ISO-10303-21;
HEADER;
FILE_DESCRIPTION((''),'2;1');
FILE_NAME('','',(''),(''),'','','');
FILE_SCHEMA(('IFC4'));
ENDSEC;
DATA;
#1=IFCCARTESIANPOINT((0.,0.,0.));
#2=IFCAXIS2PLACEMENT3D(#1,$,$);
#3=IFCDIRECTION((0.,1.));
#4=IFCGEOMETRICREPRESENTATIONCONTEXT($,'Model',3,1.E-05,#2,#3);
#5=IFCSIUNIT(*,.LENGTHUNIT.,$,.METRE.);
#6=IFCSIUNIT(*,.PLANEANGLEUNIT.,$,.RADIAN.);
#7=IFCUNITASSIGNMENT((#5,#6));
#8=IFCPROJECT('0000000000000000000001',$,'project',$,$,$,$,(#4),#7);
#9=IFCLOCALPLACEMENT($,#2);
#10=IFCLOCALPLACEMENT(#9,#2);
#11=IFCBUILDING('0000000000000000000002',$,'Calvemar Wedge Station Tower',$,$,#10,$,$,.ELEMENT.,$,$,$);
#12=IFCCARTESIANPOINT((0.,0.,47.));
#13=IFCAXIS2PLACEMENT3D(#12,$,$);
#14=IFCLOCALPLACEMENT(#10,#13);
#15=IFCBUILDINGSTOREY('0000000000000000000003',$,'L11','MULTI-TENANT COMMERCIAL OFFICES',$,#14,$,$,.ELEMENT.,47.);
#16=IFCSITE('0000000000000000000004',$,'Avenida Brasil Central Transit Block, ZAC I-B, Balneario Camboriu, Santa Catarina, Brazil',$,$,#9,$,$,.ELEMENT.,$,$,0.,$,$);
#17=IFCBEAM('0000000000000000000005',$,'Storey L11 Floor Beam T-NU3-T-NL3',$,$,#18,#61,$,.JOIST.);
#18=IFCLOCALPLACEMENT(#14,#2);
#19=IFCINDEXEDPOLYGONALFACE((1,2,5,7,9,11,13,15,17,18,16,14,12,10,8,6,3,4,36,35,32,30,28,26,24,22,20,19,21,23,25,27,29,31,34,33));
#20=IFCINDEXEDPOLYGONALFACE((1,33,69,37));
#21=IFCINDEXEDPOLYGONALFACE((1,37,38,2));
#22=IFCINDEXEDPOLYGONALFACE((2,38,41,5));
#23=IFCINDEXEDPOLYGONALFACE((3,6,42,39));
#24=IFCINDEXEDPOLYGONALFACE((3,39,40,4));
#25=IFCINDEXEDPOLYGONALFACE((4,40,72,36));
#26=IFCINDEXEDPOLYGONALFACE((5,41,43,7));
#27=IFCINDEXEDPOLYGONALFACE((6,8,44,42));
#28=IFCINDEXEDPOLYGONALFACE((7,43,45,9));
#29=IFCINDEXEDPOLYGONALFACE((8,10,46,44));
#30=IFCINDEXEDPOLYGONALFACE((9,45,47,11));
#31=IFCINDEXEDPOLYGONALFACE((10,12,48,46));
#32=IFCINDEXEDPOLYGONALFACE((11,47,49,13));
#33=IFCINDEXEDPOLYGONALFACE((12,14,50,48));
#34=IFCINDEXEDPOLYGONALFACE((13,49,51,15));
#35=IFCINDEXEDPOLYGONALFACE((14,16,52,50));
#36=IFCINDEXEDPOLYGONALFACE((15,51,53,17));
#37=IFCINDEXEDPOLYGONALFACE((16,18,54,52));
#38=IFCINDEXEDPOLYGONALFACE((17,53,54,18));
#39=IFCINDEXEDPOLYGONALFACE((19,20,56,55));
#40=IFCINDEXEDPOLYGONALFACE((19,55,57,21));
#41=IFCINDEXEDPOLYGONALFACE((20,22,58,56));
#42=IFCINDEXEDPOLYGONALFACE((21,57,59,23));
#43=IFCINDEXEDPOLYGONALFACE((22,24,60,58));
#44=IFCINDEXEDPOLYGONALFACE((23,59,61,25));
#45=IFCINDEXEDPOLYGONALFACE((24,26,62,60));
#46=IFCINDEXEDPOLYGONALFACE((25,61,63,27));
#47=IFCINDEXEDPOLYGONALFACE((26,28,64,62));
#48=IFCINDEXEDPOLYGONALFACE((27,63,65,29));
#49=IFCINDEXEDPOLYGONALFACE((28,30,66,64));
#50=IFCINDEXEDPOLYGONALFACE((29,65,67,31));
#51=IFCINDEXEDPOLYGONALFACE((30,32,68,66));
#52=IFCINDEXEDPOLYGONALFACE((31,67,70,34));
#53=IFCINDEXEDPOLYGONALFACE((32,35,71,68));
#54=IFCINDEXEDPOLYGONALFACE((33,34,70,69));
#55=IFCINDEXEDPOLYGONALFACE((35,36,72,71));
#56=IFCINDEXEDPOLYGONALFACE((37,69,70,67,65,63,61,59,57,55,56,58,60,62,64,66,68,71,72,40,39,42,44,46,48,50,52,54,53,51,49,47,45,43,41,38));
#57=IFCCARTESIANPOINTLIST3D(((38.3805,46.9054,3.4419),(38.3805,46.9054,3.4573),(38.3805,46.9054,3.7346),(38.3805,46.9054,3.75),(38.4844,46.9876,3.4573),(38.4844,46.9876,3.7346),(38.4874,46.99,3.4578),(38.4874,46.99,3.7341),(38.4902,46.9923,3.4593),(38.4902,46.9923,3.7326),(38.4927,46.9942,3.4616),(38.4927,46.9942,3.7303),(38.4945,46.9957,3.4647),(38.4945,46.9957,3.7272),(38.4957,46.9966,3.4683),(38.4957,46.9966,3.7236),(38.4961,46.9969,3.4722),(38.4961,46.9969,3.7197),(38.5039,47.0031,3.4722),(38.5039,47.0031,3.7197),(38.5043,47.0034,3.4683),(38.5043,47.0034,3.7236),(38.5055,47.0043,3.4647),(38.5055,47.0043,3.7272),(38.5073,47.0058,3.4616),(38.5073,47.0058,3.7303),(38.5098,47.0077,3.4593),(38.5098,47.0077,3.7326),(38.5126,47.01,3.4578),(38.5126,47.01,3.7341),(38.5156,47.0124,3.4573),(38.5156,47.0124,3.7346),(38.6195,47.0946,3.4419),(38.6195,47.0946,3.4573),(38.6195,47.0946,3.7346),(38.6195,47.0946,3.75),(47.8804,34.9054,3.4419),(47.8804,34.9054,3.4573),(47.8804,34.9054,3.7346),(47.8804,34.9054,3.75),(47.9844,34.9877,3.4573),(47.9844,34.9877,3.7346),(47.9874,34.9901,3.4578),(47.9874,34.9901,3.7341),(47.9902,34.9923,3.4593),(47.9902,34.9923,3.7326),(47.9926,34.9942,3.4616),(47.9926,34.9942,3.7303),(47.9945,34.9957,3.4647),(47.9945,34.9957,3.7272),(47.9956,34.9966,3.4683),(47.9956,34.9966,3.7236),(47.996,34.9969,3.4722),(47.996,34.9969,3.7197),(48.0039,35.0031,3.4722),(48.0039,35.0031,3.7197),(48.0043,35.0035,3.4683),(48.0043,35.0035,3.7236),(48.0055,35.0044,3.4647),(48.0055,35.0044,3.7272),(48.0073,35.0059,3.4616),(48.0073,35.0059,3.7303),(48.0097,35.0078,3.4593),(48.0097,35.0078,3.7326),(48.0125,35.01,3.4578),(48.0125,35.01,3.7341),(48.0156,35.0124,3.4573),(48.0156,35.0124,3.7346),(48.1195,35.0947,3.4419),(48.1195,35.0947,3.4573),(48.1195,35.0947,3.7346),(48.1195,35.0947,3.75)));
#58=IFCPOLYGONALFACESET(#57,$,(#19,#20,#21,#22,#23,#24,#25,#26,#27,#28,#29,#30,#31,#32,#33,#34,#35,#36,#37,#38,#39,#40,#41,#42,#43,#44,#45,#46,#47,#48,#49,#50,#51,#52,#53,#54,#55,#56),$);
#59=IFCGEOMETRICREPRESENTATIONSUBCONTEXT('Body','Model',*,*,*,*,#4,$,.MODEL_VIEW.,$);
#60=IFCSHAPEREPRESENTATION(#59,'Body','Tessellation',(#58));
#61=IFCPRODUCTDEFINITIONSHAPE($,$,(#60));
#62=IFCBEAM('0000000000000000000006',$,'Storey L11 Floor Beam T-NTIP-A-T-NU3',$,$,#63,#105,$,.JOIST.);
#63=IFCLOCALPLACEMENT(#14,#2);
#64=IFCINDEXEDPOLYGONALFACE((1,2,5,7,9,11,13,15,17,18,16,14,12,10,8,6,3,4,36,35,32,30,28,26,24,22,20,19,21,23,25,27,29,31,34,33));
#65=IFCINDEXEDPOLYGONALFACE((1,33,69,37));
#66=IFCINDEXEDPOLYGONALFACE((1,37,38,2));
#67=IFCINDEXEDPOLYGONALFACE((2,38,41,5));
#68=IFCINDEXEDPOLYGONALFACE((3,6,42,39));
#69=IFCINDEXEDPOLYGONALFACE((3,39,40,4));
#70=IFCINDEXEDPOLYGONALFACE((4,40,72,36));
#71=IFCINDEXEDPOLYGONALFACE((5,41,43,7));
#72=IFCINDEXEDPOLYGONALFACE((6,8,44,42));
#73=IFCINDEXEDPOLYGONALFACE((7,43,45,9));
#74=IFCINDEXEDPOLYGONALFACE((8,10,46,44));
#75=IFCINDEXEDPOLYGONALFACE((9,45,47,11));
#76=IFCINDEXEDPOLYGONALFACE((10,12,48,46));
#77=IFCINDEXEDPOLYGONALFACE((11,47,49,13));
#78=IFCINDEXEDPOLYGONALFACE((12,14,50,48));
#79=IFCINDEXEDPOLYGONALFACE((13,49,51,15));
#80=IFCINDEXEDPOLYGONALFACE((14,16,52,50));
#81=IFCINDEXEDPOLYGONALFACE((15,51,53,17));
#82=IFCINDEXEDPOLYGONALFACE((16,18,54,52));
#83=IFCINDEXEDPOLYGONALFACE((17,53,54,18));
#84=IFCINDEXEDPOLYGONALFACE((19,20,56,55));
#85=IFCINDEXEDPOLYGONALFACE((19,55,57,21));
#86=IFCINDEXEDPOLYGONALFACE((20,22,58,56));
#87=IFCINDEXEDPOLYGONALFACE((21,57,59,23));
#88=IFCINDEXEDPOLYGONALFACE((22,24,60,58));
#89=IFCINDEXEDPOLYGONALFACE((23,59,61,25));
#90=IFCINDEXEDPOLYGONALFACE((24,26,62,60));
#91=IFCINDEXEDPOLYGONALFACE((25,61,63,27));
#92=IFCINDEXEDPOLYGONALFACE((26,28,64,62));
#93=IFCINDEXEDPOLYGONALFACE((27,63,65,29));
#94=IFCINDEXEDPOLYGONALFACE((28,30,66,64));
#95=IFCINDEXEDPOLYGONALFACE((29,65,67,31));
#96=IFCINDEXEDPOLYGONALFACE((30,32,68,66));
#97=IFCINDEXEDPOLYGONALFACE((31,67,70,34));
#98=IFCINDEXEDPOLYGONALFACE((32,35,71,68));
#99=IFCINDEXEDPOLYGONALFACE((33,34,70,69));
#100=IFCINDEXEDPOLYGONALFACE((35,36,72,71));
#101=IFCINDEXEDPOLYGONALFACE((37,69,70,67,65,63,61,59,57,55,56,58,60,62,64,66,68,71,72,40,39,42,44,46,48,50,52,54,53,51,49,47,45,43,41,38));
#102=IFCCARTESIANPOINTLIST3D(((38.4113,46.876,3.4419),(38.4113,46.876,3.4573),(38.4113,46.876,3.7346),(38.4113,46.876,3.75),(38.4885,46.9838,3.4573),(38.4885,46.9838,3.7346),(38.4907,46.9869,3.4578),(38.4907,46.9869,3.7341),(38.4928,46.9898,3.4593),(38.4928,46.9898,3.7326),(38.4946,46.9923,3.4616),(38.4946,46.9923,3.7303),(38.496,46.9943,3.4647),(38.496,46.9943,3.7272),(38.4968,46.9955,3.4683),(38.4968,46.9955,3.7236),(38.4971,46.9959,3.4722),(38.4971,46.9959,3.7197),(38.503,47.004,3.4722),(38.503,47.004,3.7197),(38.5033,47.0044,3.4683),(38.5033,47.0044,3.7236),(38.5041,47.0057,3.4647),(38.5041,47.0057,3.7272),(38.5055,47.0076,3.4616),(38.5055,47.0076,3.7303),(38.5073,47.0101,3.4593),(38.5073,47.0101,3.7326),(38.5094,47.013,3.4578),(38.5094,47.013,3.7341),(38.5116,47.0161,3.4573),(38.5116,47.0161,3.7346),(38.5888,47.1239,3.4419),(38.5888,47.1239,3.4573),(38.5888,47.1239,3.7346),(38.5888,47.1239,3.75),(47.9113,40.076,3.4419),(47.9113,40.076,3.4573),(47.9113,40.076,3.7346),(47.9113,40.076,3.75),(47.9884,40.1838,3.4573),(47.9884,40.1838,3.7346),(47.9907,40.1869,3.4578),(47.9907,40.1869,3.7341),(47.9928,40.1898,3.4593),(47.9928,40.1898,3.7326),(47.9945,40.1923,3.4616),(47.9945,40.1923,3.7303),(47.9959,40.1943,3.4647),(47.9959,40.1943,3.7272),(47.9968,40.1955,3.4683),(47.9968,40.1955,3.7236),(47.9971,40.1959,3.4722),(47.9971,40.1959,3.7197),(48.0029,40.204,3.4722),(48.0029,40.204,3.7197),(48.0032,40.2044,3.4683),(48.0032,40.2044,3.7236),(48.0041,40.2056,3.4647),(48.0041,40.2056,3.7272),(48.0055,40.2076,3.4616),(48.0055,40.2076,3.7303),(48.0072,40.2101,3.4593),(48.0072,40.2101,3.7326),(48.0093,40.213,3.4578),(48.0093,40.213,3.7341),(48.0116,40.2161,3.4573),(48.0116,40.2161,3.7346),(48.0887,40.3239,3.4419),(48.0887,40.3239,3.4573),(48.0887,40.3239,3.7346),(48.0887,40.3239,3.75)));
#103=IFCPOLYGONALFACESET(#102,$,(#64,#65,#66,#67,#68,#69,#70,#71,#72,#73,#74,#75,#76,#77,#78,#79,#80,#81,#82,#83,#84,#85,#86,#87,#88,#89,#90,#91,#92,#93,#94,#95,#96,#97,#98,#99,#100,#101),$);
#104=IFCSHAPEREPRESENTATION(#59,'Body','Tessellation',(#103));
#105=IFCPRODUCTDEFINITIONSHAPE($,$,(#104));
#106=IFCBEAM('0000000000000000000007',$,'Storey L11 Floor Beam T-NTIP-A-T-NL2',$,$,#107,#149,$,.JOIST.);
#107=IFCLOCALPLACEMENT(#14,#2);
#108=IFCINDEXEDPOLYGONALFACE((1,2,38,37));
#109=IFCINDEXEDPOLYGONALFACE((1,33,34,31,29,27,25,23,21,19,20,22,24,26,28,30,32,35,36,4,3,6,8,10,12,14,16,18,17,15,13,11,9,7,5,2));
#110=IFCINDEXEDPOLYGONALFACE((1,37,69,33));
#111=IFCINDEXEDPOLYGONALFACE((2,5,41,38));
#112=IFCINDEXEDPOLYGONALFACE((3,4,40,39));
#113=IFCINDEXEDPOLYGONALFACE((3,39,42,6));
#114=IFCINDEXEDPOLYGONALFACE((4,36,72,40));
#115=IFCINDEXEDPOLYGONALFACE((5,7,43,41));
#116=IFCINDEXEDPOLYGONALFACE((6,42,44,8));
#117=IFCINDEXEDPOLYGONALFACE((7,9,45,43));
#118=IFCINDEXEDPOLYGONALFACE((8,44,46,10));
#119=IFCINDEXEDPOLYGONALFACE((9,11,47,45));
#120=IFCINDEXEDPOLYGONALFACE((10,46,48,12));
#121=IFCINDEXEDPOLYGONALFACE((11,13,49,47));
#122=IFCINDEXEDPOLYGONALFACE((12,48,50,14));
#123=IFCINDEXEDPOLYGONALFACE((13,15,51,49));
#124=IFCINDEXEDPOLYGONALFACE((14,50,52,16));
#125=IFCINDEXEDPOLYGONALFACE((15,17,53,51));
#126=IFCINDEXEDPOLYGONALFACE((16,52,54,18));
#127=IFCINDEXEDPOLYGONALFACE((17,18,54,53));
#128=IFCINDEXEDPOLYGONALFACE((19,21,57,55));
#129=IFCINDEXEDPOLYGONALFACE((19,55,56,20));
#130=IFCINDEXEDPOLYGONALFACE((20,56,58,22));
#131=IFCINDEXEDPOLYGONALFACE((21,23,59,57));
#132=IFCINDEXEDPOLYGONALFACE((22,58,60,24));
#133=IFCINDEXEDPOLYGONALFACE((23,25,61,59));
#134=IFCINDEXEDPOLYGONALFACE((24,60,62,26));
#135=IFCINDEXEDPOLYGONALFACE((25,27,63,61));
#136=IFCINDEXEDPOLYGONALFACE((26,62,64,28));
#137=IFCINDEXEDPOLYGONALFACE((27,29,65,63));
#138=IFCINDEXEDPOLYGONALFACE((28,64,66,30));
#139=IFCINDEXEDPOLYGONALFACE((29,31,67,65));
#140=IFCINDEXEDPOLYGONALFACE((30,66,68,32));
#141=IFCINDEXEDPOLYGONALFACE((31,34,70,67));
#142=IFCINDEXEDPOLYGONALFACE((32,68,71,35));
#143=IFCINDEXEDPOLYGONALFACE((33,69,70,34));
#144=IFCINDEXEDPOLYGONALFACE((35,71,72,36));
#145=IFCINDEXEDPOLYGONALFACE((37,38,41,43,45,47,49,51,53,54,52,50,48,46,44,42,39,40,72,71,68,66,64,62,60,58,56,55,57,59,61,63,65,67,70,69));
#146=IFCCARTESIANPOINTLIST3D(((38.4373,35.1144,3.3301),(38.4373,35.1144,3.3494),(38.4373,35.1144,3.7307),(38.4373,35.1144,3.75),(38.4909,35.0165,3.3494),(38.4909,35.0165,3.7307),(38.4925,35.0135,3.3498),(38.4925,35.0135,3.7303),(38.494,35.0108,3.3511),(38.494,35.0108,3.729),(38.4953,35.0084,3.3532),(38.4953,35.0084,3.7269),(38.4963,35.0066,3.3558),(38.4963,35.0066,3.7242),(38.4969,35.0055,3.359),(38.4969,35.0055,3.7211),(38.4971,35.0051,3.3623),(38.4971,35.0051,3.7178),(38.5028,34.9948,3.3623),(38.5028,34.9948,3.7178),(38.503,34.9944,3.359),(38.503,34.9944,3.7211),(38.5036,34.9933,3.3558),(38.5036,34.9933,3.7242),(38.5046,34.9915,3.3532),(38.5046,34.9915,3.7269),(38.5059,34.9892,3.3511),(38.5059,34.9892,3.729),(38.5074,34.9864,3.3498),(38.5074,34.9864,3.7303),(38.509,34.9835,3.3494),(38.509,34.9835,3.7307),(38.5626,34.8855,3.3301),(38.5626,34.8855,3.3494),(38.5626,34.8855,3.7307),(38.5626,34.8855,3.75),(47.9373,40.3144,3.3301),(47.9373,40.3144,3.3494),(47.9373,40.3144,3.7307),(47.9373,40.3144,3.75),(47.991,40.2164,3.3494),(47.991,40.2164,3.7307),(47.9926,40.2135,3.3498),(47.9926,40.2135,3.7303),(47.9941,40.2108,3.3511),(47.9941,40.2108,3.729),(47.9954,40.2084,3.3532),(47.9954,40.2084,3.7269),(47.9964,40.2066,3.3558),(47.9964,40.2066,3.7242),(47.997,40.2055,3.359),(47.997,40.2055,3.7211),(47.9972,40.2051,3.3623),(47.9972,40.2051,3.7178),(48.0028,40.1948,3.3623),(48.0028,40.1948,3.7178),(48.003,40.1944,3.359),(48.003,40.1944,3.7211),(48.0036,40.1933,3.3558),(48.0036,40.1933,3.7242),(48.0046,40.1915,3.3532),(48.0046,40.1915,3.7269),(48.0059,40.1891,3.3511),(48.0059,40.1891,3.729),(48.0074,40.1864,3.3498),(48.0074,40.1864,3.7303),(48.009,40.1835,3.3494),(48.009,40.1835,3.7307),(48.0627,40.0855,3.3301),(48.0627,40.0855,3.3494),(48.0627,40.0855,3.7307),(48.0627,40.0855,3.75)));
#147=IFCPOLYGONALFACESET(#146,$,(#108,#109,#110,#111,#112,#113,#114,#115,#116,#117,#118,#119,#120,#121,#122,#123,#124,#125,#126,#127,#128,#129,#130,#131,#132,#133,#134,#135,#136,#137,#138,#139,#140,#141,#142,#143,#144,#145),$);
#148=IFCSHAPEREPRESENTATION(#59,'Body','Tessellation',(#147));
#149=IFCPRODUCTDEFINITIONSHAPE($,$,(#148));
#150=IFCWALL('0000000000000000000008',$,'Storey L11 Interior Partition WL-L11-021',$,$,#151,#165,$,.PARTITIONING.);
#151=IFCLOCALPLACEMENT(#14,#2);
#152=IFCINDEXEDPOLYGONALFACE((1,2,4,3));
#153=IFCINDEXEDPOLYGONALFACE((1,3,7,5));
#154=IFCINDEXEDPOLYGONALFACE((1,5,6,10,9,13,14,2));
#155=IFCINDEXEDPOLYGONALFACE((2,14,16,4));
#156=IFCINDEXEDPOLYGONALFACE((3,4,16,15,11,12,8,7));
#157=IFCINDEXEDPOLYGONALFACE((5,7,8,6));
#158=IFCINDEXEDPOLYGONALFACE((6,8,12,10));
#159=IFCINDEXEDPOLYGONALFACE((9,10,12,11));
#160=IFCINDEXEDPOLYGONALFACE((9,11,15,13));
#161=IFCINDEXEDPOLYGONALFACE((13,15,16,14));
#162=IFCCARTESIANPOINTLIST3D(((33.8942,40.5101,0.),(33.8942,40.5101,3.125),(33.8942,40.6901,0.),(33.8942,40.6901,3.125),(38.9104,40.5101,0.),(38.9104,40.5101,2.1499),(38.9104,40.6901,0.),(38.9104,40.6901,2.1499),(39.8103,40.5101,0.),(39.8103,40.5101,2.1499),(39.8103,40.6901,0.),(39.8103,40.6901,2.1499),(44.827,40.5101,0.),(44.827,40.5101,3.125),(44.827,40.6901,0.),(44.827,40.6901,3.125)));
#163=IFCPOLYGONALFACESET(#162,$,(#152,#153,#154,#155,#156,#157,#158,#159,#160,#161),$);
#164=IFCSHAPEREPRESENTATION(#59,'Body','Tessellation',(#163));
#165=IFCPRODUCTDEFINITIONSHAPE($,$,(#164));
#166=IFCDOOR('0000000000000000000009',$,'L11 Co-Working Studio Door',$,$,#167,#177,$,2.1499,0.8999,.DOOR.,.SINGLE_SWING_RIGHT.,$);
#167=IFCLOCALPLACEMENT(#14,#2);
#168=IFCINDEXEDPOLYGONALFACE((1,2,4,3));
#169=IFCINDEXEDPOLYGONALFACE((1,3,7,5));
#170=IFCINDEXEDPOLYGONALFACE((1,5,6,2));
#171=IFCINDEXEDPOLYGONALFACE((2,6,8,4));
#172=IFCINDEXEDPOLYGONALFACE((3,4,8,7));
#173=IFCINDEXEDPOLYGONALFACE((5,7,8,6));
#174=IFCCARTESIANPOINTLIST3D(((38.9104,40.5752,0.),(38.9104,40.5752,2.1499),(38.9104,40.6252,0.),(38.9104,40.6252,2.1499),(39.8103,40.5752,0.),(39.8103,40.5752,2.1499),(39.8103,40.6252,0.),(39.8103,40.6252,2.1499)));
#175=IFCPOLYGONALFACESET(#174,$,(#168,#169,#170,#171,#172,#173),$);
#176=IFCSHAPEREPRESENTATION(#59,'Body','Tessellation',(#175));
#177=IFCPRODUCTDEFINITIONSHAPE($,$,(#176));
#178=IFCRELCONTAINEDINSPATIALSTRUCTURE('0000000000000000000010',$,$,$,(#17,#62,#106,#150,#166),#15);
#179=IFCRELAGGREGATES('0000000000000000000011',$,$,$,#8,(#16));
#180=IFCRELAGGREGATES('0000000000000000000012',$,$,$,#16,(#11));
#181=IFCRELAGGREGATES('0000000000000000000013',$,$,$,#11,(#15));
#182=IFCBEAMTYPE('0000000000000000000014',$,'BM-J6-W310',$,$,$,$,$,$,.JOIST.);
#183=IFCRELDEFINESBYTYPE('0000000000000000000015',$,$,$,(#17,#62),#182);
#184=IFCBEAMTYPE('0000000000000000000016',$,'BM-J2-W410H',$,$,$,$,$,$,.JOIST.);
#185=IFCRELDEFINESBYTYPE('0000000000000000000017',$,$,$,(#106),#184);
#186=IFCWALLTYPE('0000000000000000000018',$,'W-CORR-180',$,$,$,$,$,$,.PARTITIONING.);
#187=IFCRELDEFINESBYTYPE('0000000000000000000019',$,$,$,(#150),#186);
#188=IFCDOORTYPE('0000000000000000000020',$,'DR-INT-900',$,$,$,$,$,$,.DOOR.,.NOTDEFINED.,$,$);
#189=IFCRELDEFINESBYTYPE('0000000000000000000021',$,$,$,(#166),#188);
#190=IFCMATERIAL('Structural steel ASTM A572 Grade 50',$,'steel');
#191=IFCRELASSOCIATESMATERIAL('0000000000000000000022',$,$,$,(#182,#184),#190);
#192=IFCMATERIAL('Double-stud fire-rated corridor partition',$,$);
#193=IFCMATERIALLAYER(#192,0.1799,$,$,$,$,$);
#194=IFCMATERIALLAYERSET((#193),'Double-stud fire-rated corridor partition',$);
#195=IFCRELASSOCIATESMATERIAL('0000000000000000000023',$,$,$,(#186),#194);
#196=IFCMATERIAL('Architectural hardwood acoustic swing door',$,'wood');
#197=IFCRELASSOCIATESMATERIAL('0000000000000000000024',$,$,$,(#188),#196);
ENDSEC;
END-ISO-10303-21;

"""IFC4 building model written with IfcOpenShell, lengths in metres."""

from ifc_helpers import new_model, si_unit, direction, frame, frame_2d, origin, origin_2d, place, context, subcontext, project, spatial, rectangle, i_section, extrude, source, transform, mapped, material, layer, layer_set, material_profile, profile_set, type_object, element, fill, save


model = new_model("IFC4")

# Units and contexts
model_context = context("Model", 3, precision=1e-05, world=origin(), true_north=direction((0.0, 1.0)))
body_context = subcontext(model_context, "Body", "Model", "MODEL_VIEW")
ifc_project = project(units=[si_unit("LENGTHUNIT", "METRE"), si_unit("PLANEANGLEUNIT", "RADIAN")], contexts=[model_context])

# Site, building, storey
site_placement = place(None, origin())
site = spatial("IfcSite", under=ifc_project, at=site_placement, Name="Avenida Brasil Central Transit Block, ZAC I-B, Balneario Camboriu, Santa Catarina, Brazil", CompositionType="ELEMENT", RefElevation=0.0)
building_placement = place(site_placement, origin())
building = spatial("IfcBuilding", under=site, at=building_placement, Name="Calvemar Wedge Station Tower", CompositionType="ELEMENT")
storey_placement = place(building_placement, frame((0.0, 0.0, 47.0)))
storey = spatial("IfcBuildingStorey", under=building, at=storey_placement, Name="L11", Description="MULTI-TENANT COMMERCIAL OFFICES", CompositionType="ELEMENT", Elevation=47.0)

# Shared definitions
ifc_material_1 = material(Name="Structural steel ASTM A572 Grade 50", Category="steel")

# Beams
ifc_material_profile_1 = material_profile(ifc_material_1, i_section(OverallWidth=0.3049, OverallDepth=0.3081, WebThickness=0.01, FlangeThickness=0.0154, FilletRadius=0.0149, at=origin_2d()), Name="W310x97")
ifc_profile_set_1 = profile_set([ifc_material_profile_1], Name="Structural steel ASTM A572 Grade 50")
beam_type_1 = type_object("IfcBeamType", Name="BM-J6-W310", PredefinedType="JOIST", material=ifc_profile_set_1)
shared_shape_1 = source(origin(), body_context, "Body", "SweptSolid", [
    extrude(i_section(OverallWidth=0.3049, OverallDepth=0.3081, WebThickness=0.01, FlangeThickness=0.0154, FilletRadius=0.0149, at=origin_2d()), origin(), (0.0, 0.0, 1.0), 15.3052),
])
beam_1_placement = place(storey_placement, frame((38.5, 47.0, 3.5959), z_axis=(0.620703, -0.784046, 0.0), x_axis=(0.784046, 0.620703, 0.0)))
element("IfcBeam", 1, at=beam_1_placement, inside=storey, type_object=beam_type_1, Name="Storey L11 Floor Beam T-NU3-T-NL3", PredefinedType="JOIST", context=body_context, shape_type="MappedRepresentation", body=[
    mapped(shared_shape_1, transform((0.0, 0.0, 0.0), scale=1.0)),
])
shared_shape_2 = source(origin(), body_context, "Body", "SweptSolid", [
    extrude(i_section(OverallWidth=0.3049, OverallDepth=0.3081, WebThickness=0.01, FlangeThickness=0.0154, FilletRadius=0.0149, at=origin_2d()), origin(), (0.0, 0.0, 1.0), 11.6829),
])
beam_2_placement = place(storey_placement, frame((48.0, 40.2, 3.5959), z_axis=(-0.813153, 0.58205, 0.0), x_axis=(-0.58205, -0.813153, 0.0)))
element("IfcBeam", 2, at=beam_2_placement, inside=storey, type_object=beam_type_1, Name="Storey L11 Floor Beam T-NTIP-A-T-NU3", PredefinedType="JOIST", context=body_context, shape_type="MappedRepresentation", body=[
    mapped(shared_shape_2, transform((0.0, 0.0, 0.0), scale=1.0)),
])
ifc_material_profile_2 = material_profile(ifc_material_1, i_section(OverallWidth=0.261, OverallDepth=0.4199, WebThickness=0.0117, FlangeThickness=0.0193, FilletRadius=0.0129, at=origin_2d()), Name="W410x114")
ifc_profile_set_2 = profile_set([ifc_material_profile_2], Name="Structural steel ASTM A572 Grade 50")
beam_type_2 = type_object("IfcBeamType", Name="BM-J2-W410H", PredefinedType="JOIST", material=ifc_profile_set_2)
shared_shape_3 = source(origin(), body_context, "Body", "SweptSolid", [
    extrude(i_section(OverallWidth=0.261, OverallDepth=0.4199, WebThickness=0.0117, FlangeThickness=0.0193, FilletRadius=0.0129, at=origin_2d()), origin(), (0.0, 0.0, 1.0), 10.8301),
])
beam_3_placement = place(storey_placement, frame((48.0, 40.2, 3.54), z_axis=(-0.877191, -0.480142, 0.0), x_axis=(0.480142, -0.877191, 0.0)))
element("IfcBeam", 3, at=beam_3_placement, inside=storey, type_object=beam_type_2, Name="Storey L11 Floor Beam T-NTIP-A-T-NL2", PredefinedType="JOIST", context=body_context, shape_type="MappedRepresentation", body=[
    mapped(shared_shape_3, transform((0.0, 0.0, 0.0), scale=1.0)),
])

# Wall, opening, door
ifc_material_2 = material(Name="Double-stud fire-rated corridor partition")
ifc_layer_1 = layer(ifc_material_2, 0.1799)
ifc_layer_set_1 = layer_set([ifc_layer_1], Name="Double-stud fire-rated corridor partition")
wall_type_1 = type_object("IfcWallType", Name="W-CORR-180", PredefinedType="PARTITIONING", material=ifc_layer_set_1)
wall_1_placement = place(storey_placement, frame((44.8269, 40.6001, 0.0), z_axis=(0.0, 0.0, 1.0), x_axis=(-1.0, 0.0, 0.0)))
wall_1 = element("IfcWall", 4, at=wall_1_placement, inside=storey, type_object=wall_type_1, Name="Storey L11 Interior Partition WL-L11-021", PredefinedType="PARTITIONING", context=body_context, shape_type="SweptSolid", body=[
    extrude(rectangle(XDim=10.9329, YDim=0.1799, at=frame_2d((5.4663, 0.0))), origin(), (0.0, 0.0, 1.0), 3.125),
])
shared_shape_4 = source(origin(), body_context, "Body", "SweptSolid", [
    extrude(rectangle(XDim=0.8999, YDim=2.1499, at=frame_2d((0.45, 1.075))), frame((0.0, 0.1001, 0.0), z_axis=(0.0, -1.0, 0.0), x_axis=(1.0, 0.0, 0.0)), (0.0, 0.0, 1.0), 0.2),
])
opening_1_placement = place(wall_1_placement, frame((5.0166, 0.0, 0.0)))
opening_1 = element("IfcOpeningElement", 5, at=opening_1_placement, cuts=wall_1, PredefinedType="OPENING", context=body_context, shape_type="MappedRepresentation", body=[
    mapped(shared_shape_4, transform((0.0, 0.0, 0.0), scale=1.0)),
])
ifc_material_3 = material(Name="Architectural hardwood acoustic swing door", Category="wood")
door_type = type_object("IfcDoorType", Name="DR-INT-900", OperationType="NOTDEFINED", PredefinedType="DOOR", material=ifc_material_3)
shared_shape_5 = source(origin(), body_context, "Body", "SweptSolid", [
    extrude(rectangle(XDim=0.8999, YDim=2.1499, at=frame_2d((0.45, 1.075))), frame((0.0, 0.0249, 0.0), z_axis=(0.0, -1.0, 0.0), x_axis=(1.0, 0.0, 0.0)), (0.0, 0.0, 1.0), 0.05),
])
door_1_placement = place(opening_1_placement, origin())
door_1 = element("IfcDoor", 6, at=door_1_placement, inside=storey, type_object=door_type, Name="L11 Co-Working Studio Door", OperationType="SINGLE_SWING_RIGHT", OverallHeight=2.1499, OverallWidth=0.8999, PredefinedType="DOOR", context=body_context, shape_type="MappedRepresentation", body=[
    mapped(shared_shape_5, transform((0.0, 0.0, 0.0), scale=1.0)),
])
fill(opening_1, door_1)

save(model, "model.ifc")
